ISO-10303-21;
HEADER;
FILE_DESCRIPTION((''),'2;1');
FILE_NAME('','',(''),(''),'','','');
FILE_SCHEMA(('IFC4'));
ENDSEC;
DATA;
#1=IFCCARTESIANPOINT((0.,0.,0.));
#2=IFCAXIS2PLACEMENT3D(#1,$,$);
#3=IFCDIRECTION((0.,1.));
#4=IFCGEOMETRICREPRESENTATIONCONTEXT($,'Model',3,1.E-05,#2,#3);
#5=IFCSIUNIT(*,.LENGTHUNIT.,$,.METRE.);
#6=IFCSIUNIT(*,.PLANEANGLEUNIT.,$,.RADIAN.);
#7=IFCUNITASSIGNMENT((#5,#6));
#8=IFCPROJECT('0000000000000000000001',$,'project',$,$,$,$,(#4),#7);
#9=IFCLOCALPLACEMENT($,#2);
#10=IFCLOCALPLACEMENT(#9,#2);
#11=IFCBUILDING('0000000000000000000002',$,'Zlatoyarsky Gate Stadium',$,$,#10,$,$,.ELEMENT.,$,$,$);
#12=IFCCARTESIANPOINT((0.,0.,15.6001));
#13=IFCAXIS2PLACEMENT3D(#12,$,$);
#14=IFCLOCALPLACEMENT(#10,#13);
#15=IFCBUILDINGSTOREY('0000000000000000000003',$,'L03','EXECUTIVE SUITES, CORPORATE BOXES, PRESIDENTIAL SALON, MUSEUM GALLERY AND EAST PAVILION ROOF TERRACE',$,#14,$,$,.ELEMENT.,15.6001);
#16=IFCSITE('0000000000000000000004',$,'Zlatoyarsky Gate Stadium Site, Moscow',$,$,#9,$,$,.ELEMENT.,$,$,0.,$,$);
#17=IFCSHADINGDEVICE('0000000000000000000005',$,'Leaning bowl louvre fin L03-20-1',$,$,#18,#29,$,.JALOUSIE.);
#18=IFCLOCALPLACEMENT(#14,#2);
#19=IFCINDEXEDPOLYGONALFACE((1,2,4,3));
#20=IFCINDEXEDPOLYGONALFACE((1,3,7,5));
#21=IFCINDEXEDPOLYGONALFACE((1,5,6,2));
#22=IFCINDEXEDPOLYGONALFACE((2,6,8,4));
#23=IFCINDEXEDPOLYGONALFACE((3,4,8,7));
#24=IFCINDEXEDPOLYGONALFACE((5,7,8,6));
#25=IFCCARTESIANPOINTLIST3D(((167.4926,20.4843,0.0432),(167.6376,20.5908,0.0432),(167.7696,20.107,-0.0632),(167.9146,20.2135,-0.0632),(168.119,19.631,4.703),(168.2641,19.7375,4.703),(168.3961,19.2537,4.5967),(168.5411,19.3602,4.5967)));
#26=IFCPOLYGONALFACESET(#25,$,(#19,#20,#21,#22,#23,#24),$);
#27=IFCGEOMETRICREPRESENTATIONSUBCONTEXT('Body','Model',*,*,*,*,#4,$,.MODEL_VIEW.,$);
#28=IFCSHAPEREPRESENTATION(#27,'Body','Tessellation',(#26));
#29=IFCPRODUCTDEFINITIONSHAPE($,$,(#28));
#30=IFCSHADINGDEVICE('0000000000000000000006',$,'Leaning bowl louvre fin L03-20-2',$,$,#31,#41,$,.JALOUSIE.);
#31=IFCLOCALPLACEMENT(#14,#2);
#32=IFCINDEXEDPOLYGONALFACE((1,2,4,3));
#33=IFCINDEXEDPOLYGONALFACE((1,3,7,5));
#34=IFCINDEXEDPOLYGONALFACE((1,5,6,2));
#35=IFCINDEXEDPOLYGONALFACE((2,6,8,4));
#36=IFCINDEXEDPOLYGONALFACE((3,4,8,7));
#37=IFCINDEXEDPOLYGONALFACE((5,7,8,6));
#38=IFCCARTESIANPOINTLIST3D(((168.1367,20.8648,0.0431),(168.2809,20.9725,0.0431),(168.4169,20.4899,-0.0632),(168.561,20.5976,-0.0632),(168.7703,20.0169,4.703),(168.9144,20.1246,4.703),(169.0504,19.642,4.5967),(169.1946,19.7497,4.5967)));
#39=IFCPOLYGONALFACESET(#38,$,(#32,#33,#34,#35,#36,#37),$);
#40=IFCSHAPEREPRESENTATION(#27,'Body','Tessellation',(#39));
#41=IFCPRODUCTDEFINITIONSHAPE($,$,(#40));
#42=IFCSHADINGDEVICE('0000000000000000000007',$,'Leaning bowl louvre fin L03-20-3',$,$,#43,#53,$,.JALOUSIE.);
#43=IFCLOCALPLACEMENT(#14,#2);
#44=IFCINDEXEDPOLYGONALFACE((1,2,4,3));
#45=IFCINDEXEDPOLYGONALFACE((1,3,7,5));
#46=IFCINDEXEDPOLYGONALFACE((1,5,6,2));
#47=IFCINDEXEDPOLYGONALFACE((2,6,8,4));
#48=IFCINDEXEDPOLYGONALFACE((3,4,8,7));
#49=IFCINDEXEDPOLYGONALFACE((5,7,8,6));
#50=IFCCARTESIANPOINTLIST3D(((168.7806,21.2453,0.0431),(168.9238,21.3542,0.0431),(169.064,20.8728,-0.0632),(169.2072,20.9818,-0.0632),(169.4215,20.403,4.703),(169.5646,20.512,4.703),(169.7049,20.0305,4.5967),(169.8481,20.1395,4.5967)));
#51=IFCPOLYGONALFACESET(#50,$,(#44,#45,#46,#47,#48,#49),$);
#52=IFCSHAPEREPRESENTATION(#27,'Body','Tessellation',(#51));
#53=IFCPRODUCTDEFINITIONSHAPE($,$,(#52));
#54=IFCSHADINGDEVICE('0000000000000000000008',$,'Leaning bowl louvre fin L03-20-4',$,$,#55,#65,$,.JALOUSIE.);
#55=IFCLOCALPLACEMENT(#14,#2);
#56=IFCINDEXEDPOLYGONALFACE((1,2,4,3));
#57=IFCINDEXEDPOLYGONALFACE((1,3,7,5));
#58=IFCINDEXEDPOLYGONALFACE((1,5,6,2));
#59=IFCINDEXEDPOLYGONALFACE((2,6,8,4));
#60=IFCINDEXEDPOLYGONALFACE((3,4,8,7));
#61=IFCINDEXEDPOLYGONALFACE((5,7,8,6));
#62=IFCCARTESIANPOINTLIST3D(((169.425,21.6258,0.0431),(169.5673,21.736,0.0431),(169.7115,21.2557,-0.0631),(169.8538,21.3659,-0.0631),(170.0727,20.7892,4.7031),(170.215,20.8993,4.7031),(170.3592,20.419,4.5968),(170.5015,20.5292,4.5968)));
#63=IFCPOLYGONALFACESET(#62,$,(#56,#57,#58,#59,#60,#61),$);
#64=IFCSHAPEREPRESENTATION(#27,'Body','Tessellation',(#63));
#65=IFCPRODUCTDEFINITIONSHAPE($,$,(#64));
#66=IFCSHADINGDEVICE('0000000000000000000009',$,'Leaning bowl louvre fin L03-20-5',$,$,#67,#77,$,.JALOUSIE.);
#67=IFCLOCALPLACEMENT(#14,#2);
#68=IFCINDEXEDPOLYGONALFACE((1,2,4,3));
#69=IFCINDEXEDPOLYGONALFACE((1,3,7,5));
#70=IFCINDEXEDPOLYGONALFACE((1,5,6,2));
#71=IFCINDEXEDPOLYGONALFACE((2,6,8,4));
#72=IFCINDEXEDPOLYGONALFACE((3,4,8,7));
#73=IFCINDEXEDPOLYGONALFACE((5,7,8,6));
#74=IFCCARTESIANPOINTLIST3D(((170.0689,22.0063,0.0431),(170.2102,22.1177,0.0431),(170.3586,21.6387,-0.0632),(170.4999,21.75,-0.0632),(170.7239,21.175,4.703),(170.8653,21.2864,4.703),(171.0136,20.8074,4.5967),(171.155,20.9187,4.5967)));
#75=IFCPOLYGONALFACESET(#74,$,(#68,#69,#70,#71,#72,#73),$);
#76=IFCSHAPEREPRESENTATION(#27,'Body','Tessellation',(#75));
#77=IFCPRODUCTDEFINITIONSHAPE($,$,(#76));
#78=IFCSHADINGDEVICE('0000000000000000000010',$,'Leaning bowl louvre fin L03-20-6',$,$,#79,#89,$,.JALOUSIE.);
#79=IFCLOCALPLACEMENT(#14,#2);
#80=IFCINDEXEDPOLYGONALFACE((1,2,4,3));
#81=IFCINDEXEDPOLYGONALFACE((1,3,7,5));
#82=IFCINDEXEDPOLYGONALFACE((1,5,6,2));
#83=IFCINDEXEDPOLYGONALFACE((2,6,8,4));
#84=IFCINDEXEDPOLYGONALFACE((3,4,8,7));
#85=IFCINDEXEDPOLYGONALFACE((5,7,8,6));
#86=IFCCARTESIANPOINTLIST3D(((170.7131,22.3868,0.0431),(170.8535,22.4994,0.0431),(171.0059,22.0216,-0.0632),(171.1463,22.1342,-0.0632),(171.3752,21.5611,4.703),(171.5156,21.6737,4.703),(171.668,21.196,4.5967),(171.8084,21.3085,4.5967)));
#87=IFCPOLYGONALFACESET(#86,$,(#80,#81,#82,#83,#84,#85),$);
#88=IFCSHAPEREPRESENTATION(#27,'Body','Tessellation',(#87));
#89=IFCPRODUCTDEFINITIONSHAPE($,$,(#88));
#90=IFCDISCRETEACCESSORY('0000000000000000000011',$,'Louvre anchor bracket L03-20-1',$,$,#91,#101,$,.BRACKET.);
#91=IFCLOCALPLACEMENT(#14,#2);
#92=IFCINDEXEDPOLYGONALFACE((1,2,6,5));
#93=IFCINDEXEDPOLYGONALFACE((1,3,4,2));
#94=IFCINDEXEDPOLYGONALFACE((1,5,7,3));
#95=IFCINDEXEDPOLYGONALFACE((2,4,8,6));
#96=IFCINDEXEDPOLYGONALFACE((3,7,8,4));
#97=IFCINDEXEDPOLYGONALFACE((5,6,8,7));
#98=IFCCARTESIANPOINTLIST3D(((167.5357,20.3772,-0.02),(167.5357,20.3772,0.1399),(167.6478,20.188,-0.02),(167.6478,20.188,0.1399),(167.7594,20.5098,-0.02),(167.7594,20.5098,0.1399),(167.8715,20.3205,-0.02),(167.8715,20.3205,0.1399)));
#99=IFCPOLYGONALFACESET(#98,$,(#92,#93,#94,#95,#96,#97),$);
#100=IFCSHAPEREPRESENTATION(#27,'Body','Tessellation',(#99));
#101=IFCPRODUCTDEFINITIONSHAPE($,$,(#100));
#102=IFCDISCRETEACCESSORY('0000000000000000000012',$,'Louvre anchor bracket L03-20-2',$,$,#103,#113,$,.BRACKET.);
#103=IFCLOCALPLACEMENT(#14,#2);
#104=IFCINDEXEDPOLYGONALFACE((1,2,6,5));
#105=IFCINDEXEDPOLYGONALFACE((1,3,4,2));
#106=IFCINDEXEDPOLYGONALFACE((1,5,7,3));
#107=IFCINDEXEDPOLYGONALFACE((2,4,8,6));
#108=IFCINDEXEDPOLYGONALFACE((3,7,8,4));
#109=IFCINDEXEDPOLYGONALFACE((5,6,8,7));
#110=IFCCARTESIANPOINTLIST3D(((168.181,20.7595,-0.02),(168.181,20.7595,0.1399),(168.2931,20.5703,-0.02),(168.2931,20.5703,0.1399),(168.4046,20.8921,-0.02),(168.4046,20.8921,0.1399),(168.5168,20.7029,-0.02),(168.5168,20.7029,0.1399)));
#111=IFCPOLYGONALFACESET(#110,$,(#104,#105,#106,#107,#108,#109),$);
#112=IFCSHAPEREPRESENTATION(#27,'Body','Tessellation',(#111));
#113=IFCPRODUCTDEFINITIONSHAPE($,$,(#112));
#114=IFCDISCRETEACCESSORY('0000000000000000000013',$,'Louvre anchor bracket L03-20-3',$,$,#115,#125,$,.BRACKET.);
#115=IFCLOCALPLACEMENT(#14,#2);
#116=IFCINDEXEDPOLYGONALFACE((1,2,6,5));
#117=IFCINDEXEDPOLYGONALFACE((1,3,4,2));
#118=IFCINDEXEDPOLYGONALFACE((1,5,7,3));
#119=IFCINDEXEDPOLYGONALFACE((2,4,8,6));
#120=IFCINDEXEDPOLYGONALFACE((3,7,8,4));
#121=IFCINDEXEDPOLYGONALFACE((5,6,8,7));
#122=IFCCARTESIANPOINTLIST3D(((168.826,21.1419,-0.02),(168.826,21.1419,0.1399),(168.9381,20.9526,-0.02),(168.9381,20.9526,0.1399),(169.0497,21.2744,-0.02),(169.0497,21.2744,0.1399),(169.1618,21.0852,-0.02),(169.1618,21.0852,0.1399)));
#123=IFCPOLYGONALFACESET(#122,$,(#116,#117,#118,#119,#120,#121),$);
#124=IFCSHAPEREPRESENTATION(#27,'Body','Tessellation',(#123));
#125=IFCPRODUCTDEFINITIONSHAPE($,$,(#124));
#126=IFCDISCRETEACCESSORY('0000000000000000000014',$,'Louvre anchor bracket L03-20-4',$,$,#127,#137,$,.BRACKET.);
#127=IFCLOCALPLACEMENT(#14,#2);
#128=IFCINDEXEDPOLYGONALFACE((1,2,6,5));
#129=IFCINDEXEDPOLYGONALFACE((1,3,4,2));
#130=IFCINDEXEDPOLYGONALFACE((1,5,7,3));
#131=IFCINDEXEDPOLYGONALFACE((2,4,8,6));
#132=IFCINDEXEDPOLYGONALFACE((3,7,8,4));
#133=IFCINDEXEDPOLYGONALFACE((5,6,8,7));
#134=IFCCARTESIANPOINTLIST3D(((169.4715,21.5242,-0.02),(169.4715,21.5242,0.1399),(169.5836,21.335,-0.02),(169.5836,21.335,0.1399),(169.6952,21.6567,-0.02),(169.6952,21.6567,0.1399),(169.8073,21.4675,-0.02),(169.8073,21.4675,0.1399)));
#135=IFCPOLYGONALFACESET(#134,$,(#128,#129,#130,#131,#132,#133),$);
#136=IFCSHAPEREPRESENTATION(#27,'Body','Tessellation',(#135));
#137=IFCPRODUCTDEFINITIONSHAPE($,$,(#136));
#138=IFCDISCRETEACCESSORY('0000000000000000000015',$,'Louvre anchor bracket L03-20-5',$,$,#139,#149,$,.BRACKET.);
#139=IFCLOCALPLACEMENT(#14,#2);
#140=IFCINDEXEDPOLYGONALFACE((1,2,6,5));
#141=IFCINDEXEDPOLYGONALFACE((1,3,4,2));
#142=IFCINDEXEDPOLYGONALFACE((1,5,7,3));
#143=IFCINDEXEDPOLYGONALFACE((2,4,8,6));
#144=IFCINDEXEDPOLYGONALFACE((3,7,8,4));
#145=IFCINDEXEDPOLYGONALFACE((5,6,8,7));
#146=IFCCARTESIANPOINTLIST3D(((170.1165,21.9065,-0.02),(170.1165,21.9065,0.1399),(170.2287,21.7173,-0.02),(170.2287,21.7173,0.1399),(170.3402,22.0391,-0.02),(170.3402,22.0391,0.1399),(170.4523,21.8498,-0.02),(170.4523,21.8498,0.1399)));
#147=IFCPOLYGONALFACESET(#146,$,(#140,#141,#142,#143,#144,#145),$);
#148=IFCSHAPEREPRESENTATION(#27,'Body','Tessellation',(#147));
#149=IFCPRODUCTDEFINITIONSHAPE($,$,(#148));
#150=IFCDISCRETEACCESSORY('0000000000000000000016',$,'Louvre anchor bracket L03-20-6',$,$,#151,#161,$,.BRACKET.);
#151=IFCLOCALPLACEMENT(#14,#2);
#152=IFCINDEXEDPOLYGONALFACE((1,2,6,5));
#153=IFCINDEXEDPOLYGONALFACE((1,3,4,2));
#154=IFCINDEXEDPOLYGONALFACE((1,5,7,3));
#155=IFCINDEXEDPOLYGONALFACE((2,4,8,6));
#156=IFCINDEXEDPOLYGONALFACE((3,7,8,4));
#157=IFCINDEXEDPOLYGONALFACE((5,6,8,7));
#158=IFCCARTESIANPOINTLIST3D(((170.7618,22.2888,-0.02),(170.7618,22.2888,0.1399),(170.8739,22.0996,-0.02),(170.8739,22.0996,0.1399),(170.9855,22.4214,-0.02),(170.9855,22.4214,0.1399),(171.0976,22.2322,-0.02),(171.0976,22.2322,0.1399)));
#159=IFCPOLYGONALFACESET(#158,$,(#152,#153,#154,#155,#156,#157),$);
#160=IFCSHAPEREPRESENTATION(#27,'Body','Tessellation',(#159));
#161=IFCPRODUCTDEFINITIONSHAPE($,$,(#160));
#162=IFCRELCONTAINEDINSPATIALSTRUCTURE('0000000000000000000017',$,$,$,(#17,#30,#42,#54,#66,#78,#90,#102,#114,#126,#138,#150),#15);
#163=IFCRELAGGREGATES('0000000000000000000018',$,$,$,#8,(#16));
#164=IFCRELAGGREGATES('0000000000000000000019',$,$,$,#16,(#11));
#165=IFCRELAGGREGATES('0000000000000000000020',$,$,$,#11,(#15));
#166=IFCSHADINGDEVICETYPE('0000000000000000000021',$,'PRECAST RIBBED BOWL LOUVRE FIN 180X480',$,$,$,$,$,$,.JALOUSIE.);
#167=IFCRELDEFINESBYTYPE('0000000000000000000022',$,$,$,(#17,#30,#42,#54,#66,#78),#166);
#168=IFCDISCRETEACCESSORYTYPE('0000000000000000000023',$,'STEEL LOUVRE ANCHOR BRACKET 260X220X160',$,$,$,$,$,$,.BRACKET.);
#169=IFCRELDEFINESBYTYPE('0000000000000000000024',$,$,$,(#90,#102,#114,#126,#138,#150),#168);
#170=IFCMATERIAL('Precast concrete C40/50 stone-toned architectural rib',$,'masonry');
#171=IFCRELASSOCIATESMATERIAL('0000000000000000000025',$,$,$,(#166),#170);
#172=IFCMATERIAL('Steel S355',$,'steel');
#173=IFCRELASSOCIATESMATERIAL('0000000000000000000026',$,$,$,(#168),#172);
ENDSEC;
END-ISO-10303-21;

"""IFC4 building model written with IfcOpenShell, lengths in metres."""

from ifc_helpers import new_model, si_unit, direction, frame, origin, origin_2d, place, context, subcontext, project, spatial, rectangle, extrude, material, material_profile, profile_set, type_object, element, save


model = new_model("IFC4")

# Units and contexts
model_context = context("Model", 3, precision=1e-05, world=origin(), true_north=direction((0.0, 1.0)))
body_context = subcontext(model_context, "Body", "Model", "MODEL_VIEW")
ifc_project = project(units=[si_unit("LENGTHUNIT", "METRE"), si_unit("PLANEANGLEUNIT", "RADIAN")], contexts=[model_context])

# Site, building, storey
site_placement = place(None, origin())
site = spatial("IfcSite", under=ifc_project, at=site_placement, Name="Zlatoyarsky Gate Stadium Site, Moscow", CompositionType="ELEMENT", RefElevation=0.0)
building_placement = place(site_placement, origin())
building = spatial("IfcBuilding", under=site, at=building_placement, Name="Zlatoyarsky Gate Stadium", CompositionType="ELEMENT")
storey_placement = place(building_placement, frame((0.0, 0.0, 15.6001)))
storey = spatial("IfcBuildingStorey", under=building, at=storey_placement, Name="L03", Description="EXECUTIVE SUITES, CORPORATE BOXES, PRESIDENTIAL SALON, MUSEUM GALLERY AND EAST PAVILION ROOF TERRACE", CompositionType="ELEMENT", Elevation=15.6001)

# Shared definitions
ifc_material_1 = material(Name="Steel S355", Category="steel")

# Shading devices
ifc_material_2 = material(Name="Precast concrete C40/50 stone-toned architectural rib", Category="masonry")
ifc_material_profile_1 = material_profile(ifc_material_2, rectangle(XDim=0.1799, YDim=0.48, at=origin_2d()), Name="RIB 180X480")
ifc_profile_set_1 = profile_set([ifc_material_profile_1], Name="Precast concrete C40/50 stone-toned architectural rib")
shading_device_type = type_object("IfcShadingDeviceType", Name="PRECAST RIBBED BOWL LOUVRE FIN 180X480", PredefinedType="JALOUSIE", material=ifc_profile_set_1)
for number, where, z_axis, x_axis, name in (
    (1, (167.7036, 20.3489, -0.01), (0.131097, -0.17856, 0.975156), (0.806075, 0.591814, 0.0), "Leaning bowl louvre fin L03-20-1"),
    (2, (168.3489, 20.7312, -0.01), (0.132579, -0.177437, 0.975161), (0.801078, 0.59856, 0.0), "Leaning bowl louvre fin L03-20-2"),
    (3, (168.9939, 21.1135, -0.01), (0.134113, -0.176262, 0.975164), (0.795829, 0.605522, 0.0), "Leaning bowl louvre fin L03-20-3"),
    (4, (169.6394, 21.4958, -0.01), (0.135545, -0.17509, 0.975178), (0.790742, 0.61215, 0.0), "Leaning bowl louvre fin L03-20-4"),
    (5, (170.2844, 21.8782, -0.01), (0.137076, -0.173963, 0.975165), (0.785461, 0.618911, 0.0), "Leaning bowl louvre fin L03-20-5"),
    (6, (170.9297, 22.2605, -0.01), (0.138557, -0.172788, 0.975165), (0.780148, 0.625595, 0.0), "Leaning bowl louvre fin L03-20-6"),
):
    element("IfcShadingDevice", number, at=place(storey_placement, frame(where, z_axis=z_axis, x_axis=x_axis)), inside=storey, type_object=shading_device_type, Name=name, PredefinedType="JALOUSIE", context=body_context, shape_type="SweptSolid", body=[
        extrude(rectangle(XDim=0.1799, YDim=0.48, at=origin_2d()), origin(), (0.0, 0.0, 1.0), 4.7786),
    ])

# Discrete accessories
discrete_accessory_type = type_object("IfcDiscreteAccessoryType", Name="STEEL LOUVRE ANCHOR BRACKET 260X220X160", PredefinedType="BRACKET", material=ifc_material_1)
for number, where, z_axis, x_axis, name in (
    (7, (167.7036, 20.3489, -0.02), (0.0, 0.0, 1.0), (0.860285, 0.509814, 0.0), "Louvre anchor bracket L03-20-1"),
    (8, (168.3489, 20.7312, -0.02), (0.0, 0.0, 1.0), (0.860285, 0.509814, 0.0), "Louvre anchor bracket L03-20-2"),
    (9, (168.9939, 21.1135, -0.02), (0.0, 0.0, 1.0), (0.860285, 0.509814, 0.0), "Louvre anchor bracket L03-20-3"),
    (10, (169.6394, 21.4958, -0.02), (0.0, 0.0, 1.0), (0.860285, 0.509814, 0.0), "Louvre anchor bracket L03-20-4"),
    (11, (170.2844, 21.8782, -0.02), (0.0, 0.0, 1.0), (0.860285, 0.509814, 0.0), "Louvre anchor bracket L03-20-5"),
    (12, (170.9297, 22.2605, -0.02), (0.0, 0.0, 1.0), (0.860285, 0.509814, 0.0), "Louvre anchor bracket L03-20-6"),
):
    element("IfcDiscreteAccessory", number, at=place(storey_placement, frame(where, z_axis=z_axis, x_axis=x_axis)), inside=storey, type_object=discrete_accessory_type, Name=name, PredefinedType="BRACKET", context=body_context, shape_type="SweptSolid", body=[
        extrude(rectangle(XDim=0.26, YDim=0.22, at=origin_2d()), origin(), (0.0, 0.0, 1.0), 0.1599),
    ])

save(model, "model.ifc")
